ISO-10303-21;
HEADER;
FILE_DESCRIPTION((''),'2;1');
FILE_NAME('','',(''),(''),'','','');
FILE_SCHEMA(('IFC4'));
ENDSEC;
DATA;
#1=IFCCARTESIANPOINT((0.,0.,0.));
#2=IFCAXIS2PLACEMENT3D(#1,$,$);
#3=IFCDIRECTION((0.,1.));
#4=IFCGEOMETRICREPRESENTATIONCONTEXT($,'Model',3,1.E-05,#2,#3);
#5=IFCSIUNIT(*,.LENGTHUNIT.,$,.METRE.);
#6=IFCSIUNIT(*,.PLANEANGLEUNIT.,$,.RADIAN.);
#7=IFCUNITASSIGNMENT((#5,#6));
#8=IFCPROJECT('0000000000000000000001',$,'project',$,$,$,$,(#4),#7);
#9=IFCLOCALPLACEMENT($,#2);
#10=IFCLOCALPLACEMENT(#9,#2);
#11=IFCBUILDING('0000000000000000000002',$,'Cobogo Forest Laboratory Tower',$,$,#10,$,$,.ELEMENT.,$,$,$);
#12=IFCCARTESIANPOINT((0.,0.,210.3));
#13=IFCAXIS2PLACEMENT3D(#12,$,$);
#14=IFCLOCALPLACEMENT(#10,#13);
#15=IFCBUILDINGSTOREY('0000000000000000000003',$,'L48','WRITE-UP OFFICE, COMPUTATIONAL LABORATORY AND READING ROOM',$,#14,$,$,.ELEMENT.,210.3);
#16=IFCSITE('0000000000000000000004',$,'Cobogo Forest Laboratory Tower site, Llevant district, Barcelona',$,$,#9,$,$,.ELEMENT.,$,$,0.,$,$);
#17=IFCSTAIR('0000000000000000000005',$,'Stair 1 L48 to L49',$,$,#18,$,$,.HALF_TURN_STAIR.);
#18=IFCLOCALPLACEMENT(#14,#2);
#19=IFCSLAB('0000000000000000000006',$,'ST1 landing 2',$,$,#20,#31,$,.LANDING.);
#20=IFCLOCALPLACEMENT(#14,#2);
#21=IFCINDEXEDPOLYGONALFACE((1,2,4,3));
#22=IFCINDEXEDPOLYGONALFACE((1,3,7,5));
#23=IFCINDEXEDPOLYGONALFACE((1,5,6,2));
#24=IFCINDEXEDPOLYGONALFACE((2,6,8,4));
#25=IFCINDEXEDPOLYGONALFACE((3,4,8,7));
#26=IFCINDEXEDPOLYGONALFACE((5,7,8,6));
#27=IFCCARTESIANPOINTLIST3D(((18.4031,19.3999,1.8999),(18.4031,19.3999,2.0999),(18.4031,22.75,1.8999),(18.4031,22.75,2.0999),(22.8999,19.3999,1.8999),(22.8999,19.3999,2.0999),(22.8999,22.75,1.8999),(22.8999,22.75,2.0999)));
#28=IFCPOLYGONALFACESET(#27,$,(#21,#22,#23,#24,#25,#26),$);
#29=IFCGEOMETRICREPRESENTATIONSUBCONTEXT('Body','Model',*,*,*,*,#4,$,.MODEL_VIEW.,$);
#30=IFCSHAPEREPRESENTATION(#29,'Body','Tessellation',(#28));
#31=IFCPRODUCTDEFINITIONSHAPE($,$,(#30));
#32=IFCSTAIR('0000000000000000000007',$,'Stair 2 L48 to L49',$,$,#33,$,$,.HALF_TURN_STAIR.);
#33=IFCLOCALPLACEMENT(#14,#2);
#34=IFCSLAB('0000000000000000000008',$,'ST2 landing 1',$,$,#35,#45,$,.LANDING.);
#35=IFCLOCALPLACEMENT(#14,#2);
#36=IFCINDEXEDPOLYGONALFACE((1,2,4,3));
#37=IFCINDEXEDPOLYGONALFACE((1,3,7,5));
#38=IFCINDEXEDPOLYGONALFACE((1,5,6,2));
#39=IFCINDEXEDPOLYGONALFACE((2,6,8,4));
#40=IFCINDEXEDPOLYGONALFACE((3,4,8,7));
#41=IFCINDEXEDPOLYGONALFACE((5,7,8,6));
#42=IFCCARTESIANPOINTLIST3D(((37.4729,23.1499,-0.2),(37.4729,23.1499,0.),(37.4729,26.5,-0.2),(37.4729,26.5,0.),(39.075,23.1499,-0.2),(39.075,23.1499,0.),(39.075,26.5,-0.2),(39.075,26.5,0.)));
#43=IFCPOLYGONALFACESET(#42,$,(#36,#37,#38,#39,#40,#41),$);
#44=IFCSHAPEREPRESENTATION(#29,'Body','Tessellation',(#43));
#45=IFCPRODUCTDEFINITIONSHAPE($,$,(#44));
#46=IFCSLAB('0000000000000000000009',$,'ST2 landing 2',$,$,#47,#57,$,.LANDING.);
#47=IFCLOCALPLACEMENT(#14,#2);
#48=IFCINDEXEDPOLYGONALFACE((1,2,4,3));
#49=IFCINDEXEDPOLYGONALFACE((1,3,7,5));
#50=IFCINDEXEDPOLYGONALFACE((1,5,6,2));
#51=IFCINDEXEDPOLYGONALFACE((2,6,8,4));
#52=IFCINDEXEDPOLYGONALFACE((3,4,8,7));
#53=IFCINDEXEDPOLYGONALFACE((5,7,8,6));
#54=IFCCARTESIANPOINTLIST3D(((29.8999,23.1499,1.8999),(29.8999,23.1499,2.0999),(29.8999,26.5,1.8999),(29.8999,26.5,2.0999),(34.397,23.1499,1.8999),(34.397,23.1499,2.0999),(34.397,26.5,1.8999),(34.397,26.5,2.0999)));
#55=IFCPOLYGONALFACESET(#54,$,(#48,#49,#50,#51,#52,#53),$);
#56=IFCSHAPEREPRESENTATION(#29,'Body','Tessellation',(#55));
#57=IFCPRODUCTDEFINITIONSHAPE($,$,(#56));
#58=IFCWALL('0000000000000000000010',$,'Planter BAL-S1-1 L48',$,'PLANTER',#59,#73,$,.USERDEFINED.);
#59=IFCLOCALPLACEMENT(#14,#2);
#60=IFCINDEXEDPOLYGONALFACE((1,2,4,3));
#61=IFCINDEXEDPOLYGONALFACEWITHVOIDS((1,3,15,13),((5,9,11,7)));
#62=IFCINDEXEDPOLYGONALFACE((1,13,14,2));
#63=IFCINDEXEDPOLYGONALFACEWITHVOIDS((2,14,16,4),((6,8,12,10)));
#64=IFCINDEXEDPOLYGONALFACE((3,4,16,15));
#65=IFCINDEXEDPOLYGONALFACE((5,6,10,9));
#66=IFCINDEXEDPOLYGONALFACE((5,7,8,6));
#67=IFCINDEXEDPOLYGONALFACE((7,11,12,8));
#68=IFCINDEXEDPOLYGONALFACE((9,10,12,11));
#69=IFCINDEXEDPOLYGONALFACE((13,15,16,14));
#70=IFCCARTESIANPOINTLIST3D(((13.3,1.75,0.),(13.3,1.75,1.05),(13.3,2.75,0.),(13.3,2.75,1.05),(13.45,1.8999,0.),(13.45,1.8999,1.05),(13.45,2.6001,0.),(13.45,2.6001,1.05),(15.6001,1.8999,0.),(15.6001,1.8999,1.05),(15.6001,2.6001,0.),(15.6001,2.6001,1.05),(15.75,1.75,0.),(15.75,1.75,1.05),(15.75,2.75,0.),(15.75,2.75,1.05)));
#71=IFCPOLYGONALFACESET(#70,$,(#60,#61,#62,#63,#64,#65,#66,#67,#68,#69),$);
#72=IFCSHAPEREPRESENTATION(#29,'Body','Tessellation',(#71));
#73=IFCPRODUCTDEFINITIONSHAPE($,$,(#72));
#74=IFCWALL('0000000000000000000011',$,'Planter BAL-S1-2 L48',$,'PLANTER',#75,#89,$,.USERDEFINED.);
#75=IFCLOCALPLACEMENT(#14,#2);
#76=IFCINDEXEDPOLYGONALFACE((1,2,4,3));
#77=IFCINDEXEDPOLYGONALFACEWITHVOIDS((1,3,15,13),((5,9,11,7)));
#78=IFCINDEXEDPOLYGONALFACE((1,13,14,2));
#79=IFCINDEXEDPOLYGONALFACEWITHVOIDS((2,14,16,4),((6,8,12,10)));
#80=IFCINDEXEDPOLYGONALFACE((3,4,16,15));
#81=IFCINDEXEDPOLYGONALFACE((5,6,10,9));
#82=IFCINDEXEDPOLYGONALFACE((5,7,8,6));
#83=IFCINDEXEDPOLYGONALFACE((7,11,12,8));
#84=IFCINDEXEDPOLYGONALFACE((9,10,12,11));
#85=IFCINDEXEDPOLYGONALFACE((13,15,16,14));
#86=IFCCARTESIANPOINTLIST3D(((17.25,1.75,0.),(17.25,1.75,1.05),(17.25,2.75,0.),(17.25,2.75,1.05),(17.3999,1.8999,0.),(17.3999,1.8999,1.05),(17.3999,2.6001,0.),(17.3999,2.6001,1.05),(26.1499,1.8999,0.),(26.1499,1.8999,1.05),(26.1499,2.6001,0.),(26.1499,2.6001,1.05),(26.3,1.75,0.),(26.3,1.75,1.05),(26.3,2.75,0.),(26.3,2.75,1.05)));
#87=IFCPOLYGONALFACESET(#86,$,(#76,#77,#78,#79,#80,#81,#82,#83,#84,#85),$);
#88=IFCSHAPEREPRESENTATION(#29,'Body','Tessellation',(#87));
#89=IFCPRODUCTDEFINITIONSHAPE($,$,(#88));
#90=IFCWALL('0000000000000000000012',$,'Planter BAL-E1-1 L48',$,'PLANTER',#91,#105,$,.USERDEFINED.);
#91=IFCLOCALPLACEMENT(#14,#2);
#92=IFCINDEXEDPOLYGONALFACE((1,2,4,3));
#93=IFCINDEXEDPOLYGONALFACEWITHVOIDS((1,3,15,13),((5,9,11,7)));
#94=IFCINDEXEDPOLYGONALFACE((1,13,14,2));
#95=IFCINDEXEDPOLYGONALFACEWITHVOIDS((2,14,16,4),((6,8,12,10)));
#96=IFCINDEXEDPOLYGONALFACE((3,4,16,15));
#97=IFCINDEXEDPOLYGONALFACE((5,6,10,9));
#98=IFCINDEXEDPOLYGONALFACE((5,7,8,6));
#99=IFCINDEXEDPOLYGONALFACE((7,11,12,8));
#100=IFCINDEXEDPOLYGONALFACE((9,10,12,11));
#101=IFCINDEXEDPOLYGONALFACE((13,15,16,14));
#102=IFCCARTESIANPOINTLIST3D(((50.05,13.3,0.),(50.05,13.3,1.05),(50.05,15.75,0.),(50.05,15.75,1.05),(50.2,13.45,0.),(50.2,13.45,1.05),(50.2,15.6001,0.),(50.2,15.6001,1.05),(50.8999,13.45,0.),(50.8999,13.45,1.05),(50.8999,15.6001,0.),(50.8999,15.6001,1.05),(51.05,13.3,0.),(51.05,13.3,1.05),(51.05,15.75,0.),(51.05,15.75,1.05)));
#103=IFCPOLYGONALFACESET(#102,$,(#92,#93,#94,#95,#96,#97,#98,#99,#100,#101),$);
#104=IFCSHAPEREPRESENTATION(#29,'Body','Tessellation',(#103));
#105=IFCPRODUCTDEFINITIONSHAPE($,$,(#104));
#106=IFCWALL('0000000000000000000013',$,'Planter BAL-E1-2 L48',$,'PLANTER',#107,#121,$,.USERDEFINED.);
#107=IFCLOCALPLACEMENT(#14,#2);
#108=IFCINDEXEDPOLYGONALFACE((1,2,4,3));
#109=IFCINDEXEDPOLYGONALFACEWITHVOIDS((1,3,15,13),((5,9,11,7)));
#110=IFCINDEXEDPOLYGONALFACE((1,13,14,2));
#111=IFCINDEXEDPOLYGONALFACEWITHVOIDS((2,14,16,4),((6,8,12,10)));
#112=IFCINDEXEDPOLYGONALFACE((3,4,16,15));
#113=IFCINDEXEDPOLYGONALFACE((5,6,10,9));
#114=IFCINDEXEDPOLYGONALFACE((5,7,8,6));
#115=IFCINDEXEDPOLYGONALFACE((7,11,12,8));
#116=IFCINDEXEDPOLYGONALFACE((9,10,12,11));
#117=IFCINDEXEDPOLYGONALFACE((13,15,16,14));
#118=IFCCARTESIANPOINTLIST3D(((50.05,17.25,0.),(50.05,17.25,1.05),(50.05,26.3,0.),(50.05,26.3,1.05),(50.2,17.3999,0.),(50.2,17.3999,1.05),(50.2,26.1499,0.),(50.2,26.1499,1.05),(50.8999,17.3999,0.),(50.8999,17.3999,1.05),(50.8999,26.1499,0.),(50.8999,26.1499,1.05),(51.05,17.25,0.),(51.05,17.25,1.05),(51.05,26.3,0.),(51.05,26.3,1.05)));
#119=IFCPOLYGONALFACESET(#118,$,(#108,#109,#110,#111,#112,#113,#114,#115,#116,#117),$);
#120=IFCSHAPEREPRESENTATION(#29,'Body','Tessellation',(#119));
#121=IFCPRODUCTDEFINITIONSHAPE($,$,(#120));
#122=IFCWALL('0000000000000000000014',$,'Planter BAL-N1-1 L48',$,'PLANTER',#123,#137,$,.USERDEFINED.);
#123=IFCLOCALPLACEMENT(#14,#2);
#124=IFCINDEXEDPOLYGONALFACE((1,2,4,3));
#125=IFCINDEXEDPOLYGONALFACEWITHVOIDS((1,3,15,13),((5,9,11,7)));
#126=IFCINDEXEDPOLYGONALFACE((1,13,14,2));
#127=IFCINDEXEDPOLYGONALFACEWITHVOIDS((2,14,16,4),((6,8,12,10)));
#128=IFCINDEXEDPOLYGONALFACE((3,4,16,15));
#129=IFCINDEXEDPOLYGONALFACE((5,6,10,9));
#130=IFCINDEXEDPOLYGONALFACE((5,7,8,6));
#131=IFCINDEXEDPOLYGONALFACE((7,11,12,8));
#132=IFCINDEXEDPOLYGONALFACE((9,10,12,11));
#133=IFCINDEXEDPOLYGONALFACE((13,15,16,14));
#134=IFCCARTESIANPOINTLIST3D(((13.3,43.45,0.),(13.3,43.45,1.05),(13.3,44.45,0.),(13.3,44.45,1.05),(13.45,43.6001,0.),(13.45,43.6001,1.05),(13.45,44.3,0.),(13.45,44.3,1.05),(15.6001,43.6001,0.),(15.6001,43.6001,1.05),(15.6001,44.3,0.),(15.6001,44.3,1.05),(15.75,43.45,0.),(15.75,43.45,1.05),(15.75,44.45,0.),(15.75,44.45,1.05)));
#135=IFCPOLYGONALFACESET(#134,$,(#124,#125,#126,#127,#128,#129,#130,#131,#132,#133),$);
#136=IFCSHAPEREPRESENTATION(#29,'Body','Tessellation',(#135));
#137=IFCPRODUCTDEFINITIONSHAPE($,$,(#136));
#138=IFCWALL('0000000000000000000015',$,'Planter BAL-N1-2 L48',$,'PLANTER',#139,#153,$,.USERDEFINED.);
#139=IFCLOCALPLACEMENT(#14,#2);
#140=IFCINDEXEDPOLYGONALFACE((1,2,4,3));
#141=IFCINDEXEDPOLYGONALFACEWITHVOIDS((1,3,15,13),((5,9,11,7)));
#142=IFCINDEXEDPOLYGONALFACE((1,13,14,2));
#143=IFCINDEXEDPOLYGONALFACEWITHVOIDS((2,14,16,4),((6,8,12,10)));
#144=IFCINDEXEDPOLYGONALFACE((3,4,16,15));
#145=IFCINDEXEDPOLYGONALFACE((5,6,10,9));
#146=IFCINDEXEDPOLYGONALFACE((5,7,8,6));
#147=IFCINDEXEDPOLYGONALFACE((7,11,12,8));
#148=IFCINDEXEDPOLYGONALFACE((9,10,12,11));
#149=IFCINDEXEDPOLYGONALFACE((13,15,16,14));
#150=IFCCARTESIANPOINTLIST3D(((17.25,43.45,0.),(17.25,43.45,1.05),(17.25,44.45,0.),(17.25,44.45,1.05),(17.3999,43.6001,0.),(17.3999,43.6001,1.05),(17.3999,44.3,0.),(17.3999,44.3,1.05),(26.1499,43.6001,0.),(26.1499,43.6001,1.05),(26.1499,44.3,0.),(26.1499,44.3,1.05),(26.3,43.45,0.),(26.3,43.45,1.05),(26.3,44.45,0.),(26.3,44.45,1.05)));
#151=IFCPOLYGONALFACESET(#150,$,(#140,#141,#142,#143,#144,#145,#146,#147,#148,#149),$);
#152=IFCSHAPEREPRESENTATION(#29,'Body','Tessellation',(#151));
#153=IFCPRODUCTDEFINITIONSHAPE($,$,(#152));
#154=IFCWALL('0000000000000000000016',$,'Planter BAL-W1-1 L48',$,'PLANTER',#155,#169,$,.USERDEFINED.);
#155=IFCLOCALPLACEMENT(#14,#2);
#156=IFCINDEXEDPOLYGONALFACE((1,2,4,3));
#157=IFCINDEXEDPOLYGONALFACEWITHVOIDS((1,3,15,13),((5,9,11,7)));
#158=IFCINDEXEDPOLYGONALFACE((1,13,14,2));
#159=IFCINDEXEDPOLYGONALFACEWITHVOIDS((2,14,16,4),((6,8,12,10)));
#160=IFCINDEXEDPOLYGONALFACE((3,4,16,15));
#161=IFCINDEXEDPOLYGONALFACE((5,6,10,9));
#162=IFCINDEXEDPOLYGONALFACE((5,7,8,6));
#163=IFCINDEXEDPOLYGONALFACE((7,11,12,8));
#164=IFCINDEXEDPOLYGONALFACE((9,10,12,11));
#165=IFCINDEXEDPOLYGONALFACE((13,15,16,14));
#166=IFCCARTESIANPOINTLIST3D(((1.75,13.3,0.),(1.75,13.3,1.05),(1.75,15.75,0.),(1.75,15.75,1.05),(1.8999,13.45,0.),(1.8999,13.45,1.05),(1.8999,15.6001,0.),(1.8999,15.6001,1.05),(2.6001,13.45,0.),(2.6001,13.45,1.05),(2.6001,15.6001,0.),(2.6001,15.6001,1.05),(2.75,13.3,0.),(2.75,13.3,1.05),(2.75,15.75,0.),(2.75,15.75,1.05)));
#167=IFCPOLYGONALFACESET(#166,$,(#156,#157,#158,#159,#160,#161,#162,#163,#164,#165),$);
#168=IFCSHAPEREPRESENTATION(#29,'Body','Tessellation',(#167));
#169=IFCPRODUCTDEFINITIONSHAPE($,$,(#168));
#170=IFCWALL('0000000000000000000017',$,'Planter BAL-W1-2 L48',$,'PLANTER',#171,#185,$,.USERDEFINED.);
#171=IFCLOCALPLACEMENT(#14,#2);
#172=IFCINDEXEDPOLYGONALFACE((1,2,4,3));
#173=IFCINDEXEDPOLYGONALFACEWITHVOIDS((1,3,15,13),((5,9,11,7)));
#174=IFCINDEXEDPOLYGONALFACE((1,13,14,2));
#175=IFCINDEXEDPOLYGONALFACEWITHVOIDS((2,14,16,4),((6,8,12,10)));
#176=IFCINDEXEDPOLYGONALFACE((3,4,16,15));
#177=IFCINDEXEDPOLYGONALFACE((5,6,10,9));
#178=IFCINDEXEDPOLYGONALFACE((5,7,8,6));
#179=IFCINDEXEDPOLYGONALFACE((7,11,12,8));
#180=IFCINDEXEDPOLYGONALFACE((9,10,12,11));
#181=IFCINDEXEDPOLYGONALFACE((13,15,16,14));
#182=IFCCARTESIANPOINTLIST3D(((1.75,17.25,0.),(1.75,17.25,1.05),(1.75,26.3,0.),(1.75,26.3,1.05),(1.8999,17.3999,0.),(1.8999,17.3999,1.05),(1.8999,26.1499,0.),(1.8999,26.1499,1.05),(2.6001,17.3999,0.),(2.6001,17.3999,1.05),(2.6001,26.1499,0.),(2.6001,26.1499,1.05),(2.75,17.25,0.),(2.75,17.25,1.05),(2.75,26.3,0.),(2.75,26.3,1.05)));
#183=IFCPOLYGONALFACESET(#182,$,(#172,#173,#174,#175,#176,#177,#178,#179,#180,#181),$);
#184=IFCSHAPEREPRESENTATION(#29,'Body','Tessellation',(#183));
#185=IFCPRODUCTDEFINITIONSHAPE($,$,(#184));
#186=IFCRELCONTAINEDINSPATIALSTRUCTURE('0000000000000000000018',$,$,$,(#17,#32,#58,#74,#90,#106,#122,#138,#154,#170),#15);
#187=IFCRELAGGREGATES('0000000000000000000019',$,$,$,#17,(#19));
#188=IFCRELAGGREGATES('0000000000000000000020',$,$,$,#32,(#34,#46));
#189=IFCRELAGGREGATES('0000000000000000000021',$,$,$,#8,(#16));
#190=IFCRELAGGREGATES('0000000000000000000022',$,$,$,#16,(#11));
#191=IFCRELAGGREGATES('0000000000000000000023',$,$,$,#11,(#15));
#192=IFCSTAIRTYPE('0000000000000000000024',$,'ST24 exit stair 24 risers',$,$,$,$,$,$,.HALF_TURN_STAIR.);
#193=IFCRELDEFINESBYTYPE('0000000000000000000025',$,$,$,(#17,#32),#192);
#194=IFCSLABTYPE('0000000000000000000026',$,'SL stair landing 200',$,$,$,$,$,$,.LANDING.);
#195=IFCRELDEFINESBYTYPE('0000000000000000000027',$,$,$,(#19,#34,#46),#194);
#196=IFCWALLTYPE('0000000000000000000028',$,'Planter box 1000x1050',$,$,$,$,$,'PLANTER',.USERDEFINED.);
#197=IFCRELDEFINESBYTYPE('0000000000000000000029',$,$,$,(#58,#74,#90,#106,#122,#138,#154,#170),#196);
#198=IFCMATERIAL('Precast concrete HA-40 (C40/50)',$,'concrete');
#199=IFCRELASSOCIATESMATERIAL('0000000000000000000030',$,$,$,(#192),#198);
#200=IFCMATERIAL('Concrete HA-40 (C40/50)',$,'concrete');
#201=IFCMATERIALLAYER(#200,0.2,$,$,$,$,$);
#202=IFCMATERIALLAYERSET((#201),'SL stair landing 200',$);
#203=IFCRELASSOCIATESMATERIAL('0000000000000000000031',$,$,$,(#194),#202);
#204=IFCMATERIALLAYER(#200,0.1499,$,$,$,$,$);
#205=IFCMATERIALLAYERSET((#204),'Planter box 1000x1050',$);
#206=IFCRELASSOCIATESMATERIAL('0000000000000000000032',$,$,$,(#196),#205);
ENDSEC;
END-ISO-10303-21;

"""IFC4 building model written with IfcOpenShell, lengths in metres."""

from ifc_helpers import new_model, si_unit, direction, frame, origin, place, context, subcontext, project, spatial, polyline, outline, extrude, material, layer, layer_set, type_object, element, aggregate, save


model = new_model("IFC4")

# Units and contexts
model_context = context("Model", 3, precision=1e-05, world=origin(), true_north=direction((0.0, 1.0)))
body_context = subcontext(model_context, "Body", "Model", "MODEL_VIEW")
ifc_project = project(units=[si_unit("LENGTHUNIT", "METRE"), si_unit("PLANEANGLEUNIT", "RADIAN")], contexts=[model_context])

# Site, building, storey
site_placement = place(None, origin())
site = spatial("IfcSite", under=ifc_project, at=site_placement, Name="Cobogo Forest Laboratory Tower site, Llevant district, Barcelona", CompositionType="ELEMENT", RefElevation=0.0)
building_placement = place(site_placement, origin())
building = spatial("IfcBuilding", under=site, at=building_placement, Name="Cobogo Forest Laboratory Tower", CompositionType="ELEMENT")
storey_placement = place(building_placement, frame((0.0, 0.0, 210.3)))
storey = spatial("IfcBuildingStorey", under=building, at=storey_placement, Name="L48", Description="WRITE-UP OFFICE, COMPUTATIONAL LABORATORY AND READING ROOM", CompositionType="ELEMENT", Elevation=210.3)

# Shared definitions
ifc_material_1 = material(Name="Concrete HA-40 (C40/50)", Category="concrete")

# Stairs, slabs
ifc_material_2 = material(Name="Precast concrete HA-40 (C40/50)", Category="concrete")
stair_type = type_object("IfcStairType", Name="ST24 exit stair 24 risers", PredefinedType="HALF_TURN_STAIR", material=ifc_material_2)
stair_1_placement = place(storey_placement, origin())
stair_1 = element("IfcStair", 1, at=stair_1_placement, inside=storey, type_object=stair_type, Name="Stair 1 L48 to L49", PredefinedType="HALF_TURN_STAIR")
ifc_layer_1 = layer(ifc_material_1, 0.2)
ifc_layer_set_1 = layer_set([ifc_layer_1], Name="SL stair landing 200")
slab_type_1 = type_object("IfcSlabType", Name="SL stair landing 200", PredefinedType="LANDING", material=ifc_layer_set_1)
slab_1_placement = place(storey_placement, frame((0.0, 0.0, 1.8999)))
slab_1 = element("IfcSlab", 2, at=slab_1_placement, type_object=slab_type_1, Name="ST1 landing 2", PredefinedType="LANDING", context=body_context, shape_type="SweptSolid", body=[
    extrude(outline(polyline([(18.4031, 19.3999), (22.8999, 19.3999), (22.8999, 22.75), (18.4031, 22.75), (18.4031, 19.3999)])), origin(), (0.0, 0.0, 1.0), 0.2),
])
aggregate(stair_1, [slab_1])
stair_2_placement = place(storey_placement, origin())
stair_2 = element("IfcStair", 3, at=stair_2_placement, inside=storey, type_object=stair_type, Name="Stair 2 L48 to L49", PredefinedType="HALF_TURN_STAIR")
slab_2_placement = place(storey_placement, frame((0.0, 0.0, -0.2)))
slab_2 = element("IfcSlab", 4, at=slab_2_placement, type_object=slab_type_1, Name="ST2 landing 1", PredefinedType="LANDING", context=body_context, shape_type="SweptSolid", body=[
    extrude(outline(polyline([(37.4729, 23.1499), (39.075, 23.1499), (39.075, 26.5), (37.4729, 26.5), (37.4729, 23.1499)])), origin(), (0.0, 0.0, 1.0), 0.2),
])
slab_3_placement = place(storey_placement, frame((0.0, 0.0, 1.8999)))
slab_3 = element("IfcSlab", 5, at=slab_3_placement, type_object=slab_type_1, Name="ST2 landing 2", PredefinedType="LANDING", context=body_context, shape_type="SweptSolid", body=[
    extrude(outline(polyline([(29.8999, 23.1499), (34.397, 23.1499), (34.397, 26.5), (29.8999, 26.5), (29.8999, 23.1499)])), origin(), (0.0, 0.0, 1.0), 0.2),
])
aggregate(stair_2, [slab_2, slab_3])

# Walls
ifc_layer_2 = layer(ifc_material_1, 0.1499)
ifc_layer_set_2 = layer_set([ifc_layer_2], Name="Planter box 1000x1050")
wall_type = type_object("IfcWallType", Name="Planter box 1000x1050", ElementType="PLANTER", PredefinedType="USERDEFINED", material=ifc_layer_set_2)
wall_1_placement = place(storey_placement, origin())
element("IfcWall", 6, at=wall_1_placement, inside=storey, type_object=wall_type, Name="Planter BAL-S1-1 L48", ObjectType="PLANTER", PredefinedType="USERDEFINED", context=body_context, shape_type="SweptSolid", body=[
    extrude(outline(polyline([(13.3, 1.75), (15.75, 1.75), (15.75, 2.75), (13.3, 2.75), (13.3, 1.75)]), holes=[polyline([(13.45, 1.8999), (15.6001, 1.8999), (15.6001, 2.6001), (13.45, 2.6001), (13.45, 1.8999)])]), origin(), (0.0, 0.0, 1.0), 1.05),
])
wall_2_placement = place(storey_placement, origin())
element("IfcWall", 7, at=wall_2_placement, inside=storey, type_object=wall_type, Name="Planter BAL-S1-2 L48", ObjectType="PLANTER", PredefinedType="USERDEFINED", context=body_context, shape_type="SweptSolid", body=[
    extrude(outline(polyline([(17.25, 1.75), (26.3, 1.75), (26.3, 2.75), (17.25, 2.75), (17.25, 1.75)]), holes=[polyline([(17.3999, 1.8999), (26.1499, 1.8999), (26.1499, 2.6001), (17.3999, 2.6001), (17.3999, 1.8999)])]), origin(), (0.0, 0.0, 1.0), 1.05),
])
wall_3_placement = place(storey_placement, origin())
element("IfcWall", 8, at=wall_3_placement, inside=storey, type_object=wall_type, Name="Planter BAL-E1-1 L48", ObjectType="PLANTER", PredefinedType="USERDEFINED", context=body_context, shape_type="SweptSolid", body=[
    extrude(outline(polyline([(50.05, 13.3), (51.05, 13.3), (51.05, 15.75), (50.05, 15.75), (50.05, 13.3)]), holes=[polyline([(50.2, 13.45), (50.8999, 13.45), (50.8999, 15.6001), (50.2, 15.6001), (50.2, 13.45)])]), origin(), (0.0, 0.0, 1.0), 1.05),
])
wall_4_placement = place(storey_placement, origin())
element("IfcWall", 9, at=wall_4_placement, inside=storey, type_object=wall_type, Name="Planter BAL-E1-2 L48", ObjectType="PLANTER", PredefinedType="USERDEFINED", context=body_context, shape_type="SweptSolid", body=[
    extrude(outline(polyline([(50.05, 17.25), (51.05, 17.25), (51.05, 26.3), (50.05, 26.3), (50.05, 17.25)]), holes=[polyline([(50.2, 17.3999), (50.8999, 17.3999), (50.8999, 26.1499), (50.2, 26.1499), (50.2, 17.3999)])]), origin(), (0.0, 0.0, 1.0), 1.05),
])
wall_5_placement = place(storey_placement, origin())
element("IfcWall", 10, at=wall_5_placement, inside=storey, type_object=wall_type, Name="Planter BAL-N1-1 L48", ObjectType="PLANTER", PredefinedType="USERDEFINED", context=body_context, shape_type="SweptSolid", body=[
    extrude(outline(polyline([(13.3, 43.45), (15.75, 43.45), (15.75, 44.45), (13.3, 44.45), (13.3, 43.45)]), holes=[polyline([(13.45, 43.6001), (15.6001, 43.6001), (15.6001, 44.3), (13.45, 44.3), (13.45, 43.6001)])]), origin(), (0.0, 0.0, 1.0), 1.05),
])
wall_6_placement = place(storey_placement, origin())
element("IfcWall", 11, at=wall_6_placement, inside=storey, type_object=wall_type, Name="Planter BAL-N1-2 L48", ObjectType="PLANTER", PredefinedType="USERDEFINED", context=body_context, shape_type="SweptSolid", body=[
    extrude(outline(polyline([(17.25, 43.45), (26.3, 43.45), (26.3, 44.45), (17.25, 44.45), (17.25, 43.45)]), holes=[polyline([(17.3999, 43.6001), (26.1499, 43.6001), (26.1499, 44.3), (17.3999, 44.3), (17.3999, 43.6001)])]), origin(), (0.0, 0.0, 1.0), 1.05),
])
wall_7_placement = place(storey_placement, origin())
element("IfcWall", 12, at=wall_7_placement, inside=storey, type_object=wall_type, Name="Planter BAL-W1-1 L48", ObjectType="PLANTER", PredefinedType="USERDEFINED", context=body_context, shape_type="SweptSolid", body=[
    extrude(outline(polyline([(1.75, 13.3), (2.75, 13.3), (2.75, 15.75), (1.75, 15.75), (1.75, 13.3)]), holes=[polyline([(1.8999, 13.45), (2.6001, 13.45), (2.6001, 15.6001), (1.8999, 15.6001), (1.8999, 13.45)])]), origin(), (0.0, 0.0, 1.0), 1.05),
])
wall_8_placement = place(storey_placement, origin())
element("IfcWall", 13, at=wall_8_placement, inside=storey, type_object=wall_type, Name="Planter BAL-W1-2 L48", ObjectType="PLANTER", PredefinedType="USERDEFINED", context=body_context, shape_type="SweptSolid", body=[
    extrude(outline(polyline([(1.75, 17.25), (2.75, 17.25), (2.75, 26.3), (1.75, 26.3), (1.75, 17.25)]), holes=[polyline([(1.8999, 17.3999), (2.6001, 17.3999), (2.6001, 26.1499), (1.8999, 26.1499), (1.8999, 17.3999)])]), origin(), (0.0, 0.0, 1.0), 1.05),
])

save(model, "model.ifc")
